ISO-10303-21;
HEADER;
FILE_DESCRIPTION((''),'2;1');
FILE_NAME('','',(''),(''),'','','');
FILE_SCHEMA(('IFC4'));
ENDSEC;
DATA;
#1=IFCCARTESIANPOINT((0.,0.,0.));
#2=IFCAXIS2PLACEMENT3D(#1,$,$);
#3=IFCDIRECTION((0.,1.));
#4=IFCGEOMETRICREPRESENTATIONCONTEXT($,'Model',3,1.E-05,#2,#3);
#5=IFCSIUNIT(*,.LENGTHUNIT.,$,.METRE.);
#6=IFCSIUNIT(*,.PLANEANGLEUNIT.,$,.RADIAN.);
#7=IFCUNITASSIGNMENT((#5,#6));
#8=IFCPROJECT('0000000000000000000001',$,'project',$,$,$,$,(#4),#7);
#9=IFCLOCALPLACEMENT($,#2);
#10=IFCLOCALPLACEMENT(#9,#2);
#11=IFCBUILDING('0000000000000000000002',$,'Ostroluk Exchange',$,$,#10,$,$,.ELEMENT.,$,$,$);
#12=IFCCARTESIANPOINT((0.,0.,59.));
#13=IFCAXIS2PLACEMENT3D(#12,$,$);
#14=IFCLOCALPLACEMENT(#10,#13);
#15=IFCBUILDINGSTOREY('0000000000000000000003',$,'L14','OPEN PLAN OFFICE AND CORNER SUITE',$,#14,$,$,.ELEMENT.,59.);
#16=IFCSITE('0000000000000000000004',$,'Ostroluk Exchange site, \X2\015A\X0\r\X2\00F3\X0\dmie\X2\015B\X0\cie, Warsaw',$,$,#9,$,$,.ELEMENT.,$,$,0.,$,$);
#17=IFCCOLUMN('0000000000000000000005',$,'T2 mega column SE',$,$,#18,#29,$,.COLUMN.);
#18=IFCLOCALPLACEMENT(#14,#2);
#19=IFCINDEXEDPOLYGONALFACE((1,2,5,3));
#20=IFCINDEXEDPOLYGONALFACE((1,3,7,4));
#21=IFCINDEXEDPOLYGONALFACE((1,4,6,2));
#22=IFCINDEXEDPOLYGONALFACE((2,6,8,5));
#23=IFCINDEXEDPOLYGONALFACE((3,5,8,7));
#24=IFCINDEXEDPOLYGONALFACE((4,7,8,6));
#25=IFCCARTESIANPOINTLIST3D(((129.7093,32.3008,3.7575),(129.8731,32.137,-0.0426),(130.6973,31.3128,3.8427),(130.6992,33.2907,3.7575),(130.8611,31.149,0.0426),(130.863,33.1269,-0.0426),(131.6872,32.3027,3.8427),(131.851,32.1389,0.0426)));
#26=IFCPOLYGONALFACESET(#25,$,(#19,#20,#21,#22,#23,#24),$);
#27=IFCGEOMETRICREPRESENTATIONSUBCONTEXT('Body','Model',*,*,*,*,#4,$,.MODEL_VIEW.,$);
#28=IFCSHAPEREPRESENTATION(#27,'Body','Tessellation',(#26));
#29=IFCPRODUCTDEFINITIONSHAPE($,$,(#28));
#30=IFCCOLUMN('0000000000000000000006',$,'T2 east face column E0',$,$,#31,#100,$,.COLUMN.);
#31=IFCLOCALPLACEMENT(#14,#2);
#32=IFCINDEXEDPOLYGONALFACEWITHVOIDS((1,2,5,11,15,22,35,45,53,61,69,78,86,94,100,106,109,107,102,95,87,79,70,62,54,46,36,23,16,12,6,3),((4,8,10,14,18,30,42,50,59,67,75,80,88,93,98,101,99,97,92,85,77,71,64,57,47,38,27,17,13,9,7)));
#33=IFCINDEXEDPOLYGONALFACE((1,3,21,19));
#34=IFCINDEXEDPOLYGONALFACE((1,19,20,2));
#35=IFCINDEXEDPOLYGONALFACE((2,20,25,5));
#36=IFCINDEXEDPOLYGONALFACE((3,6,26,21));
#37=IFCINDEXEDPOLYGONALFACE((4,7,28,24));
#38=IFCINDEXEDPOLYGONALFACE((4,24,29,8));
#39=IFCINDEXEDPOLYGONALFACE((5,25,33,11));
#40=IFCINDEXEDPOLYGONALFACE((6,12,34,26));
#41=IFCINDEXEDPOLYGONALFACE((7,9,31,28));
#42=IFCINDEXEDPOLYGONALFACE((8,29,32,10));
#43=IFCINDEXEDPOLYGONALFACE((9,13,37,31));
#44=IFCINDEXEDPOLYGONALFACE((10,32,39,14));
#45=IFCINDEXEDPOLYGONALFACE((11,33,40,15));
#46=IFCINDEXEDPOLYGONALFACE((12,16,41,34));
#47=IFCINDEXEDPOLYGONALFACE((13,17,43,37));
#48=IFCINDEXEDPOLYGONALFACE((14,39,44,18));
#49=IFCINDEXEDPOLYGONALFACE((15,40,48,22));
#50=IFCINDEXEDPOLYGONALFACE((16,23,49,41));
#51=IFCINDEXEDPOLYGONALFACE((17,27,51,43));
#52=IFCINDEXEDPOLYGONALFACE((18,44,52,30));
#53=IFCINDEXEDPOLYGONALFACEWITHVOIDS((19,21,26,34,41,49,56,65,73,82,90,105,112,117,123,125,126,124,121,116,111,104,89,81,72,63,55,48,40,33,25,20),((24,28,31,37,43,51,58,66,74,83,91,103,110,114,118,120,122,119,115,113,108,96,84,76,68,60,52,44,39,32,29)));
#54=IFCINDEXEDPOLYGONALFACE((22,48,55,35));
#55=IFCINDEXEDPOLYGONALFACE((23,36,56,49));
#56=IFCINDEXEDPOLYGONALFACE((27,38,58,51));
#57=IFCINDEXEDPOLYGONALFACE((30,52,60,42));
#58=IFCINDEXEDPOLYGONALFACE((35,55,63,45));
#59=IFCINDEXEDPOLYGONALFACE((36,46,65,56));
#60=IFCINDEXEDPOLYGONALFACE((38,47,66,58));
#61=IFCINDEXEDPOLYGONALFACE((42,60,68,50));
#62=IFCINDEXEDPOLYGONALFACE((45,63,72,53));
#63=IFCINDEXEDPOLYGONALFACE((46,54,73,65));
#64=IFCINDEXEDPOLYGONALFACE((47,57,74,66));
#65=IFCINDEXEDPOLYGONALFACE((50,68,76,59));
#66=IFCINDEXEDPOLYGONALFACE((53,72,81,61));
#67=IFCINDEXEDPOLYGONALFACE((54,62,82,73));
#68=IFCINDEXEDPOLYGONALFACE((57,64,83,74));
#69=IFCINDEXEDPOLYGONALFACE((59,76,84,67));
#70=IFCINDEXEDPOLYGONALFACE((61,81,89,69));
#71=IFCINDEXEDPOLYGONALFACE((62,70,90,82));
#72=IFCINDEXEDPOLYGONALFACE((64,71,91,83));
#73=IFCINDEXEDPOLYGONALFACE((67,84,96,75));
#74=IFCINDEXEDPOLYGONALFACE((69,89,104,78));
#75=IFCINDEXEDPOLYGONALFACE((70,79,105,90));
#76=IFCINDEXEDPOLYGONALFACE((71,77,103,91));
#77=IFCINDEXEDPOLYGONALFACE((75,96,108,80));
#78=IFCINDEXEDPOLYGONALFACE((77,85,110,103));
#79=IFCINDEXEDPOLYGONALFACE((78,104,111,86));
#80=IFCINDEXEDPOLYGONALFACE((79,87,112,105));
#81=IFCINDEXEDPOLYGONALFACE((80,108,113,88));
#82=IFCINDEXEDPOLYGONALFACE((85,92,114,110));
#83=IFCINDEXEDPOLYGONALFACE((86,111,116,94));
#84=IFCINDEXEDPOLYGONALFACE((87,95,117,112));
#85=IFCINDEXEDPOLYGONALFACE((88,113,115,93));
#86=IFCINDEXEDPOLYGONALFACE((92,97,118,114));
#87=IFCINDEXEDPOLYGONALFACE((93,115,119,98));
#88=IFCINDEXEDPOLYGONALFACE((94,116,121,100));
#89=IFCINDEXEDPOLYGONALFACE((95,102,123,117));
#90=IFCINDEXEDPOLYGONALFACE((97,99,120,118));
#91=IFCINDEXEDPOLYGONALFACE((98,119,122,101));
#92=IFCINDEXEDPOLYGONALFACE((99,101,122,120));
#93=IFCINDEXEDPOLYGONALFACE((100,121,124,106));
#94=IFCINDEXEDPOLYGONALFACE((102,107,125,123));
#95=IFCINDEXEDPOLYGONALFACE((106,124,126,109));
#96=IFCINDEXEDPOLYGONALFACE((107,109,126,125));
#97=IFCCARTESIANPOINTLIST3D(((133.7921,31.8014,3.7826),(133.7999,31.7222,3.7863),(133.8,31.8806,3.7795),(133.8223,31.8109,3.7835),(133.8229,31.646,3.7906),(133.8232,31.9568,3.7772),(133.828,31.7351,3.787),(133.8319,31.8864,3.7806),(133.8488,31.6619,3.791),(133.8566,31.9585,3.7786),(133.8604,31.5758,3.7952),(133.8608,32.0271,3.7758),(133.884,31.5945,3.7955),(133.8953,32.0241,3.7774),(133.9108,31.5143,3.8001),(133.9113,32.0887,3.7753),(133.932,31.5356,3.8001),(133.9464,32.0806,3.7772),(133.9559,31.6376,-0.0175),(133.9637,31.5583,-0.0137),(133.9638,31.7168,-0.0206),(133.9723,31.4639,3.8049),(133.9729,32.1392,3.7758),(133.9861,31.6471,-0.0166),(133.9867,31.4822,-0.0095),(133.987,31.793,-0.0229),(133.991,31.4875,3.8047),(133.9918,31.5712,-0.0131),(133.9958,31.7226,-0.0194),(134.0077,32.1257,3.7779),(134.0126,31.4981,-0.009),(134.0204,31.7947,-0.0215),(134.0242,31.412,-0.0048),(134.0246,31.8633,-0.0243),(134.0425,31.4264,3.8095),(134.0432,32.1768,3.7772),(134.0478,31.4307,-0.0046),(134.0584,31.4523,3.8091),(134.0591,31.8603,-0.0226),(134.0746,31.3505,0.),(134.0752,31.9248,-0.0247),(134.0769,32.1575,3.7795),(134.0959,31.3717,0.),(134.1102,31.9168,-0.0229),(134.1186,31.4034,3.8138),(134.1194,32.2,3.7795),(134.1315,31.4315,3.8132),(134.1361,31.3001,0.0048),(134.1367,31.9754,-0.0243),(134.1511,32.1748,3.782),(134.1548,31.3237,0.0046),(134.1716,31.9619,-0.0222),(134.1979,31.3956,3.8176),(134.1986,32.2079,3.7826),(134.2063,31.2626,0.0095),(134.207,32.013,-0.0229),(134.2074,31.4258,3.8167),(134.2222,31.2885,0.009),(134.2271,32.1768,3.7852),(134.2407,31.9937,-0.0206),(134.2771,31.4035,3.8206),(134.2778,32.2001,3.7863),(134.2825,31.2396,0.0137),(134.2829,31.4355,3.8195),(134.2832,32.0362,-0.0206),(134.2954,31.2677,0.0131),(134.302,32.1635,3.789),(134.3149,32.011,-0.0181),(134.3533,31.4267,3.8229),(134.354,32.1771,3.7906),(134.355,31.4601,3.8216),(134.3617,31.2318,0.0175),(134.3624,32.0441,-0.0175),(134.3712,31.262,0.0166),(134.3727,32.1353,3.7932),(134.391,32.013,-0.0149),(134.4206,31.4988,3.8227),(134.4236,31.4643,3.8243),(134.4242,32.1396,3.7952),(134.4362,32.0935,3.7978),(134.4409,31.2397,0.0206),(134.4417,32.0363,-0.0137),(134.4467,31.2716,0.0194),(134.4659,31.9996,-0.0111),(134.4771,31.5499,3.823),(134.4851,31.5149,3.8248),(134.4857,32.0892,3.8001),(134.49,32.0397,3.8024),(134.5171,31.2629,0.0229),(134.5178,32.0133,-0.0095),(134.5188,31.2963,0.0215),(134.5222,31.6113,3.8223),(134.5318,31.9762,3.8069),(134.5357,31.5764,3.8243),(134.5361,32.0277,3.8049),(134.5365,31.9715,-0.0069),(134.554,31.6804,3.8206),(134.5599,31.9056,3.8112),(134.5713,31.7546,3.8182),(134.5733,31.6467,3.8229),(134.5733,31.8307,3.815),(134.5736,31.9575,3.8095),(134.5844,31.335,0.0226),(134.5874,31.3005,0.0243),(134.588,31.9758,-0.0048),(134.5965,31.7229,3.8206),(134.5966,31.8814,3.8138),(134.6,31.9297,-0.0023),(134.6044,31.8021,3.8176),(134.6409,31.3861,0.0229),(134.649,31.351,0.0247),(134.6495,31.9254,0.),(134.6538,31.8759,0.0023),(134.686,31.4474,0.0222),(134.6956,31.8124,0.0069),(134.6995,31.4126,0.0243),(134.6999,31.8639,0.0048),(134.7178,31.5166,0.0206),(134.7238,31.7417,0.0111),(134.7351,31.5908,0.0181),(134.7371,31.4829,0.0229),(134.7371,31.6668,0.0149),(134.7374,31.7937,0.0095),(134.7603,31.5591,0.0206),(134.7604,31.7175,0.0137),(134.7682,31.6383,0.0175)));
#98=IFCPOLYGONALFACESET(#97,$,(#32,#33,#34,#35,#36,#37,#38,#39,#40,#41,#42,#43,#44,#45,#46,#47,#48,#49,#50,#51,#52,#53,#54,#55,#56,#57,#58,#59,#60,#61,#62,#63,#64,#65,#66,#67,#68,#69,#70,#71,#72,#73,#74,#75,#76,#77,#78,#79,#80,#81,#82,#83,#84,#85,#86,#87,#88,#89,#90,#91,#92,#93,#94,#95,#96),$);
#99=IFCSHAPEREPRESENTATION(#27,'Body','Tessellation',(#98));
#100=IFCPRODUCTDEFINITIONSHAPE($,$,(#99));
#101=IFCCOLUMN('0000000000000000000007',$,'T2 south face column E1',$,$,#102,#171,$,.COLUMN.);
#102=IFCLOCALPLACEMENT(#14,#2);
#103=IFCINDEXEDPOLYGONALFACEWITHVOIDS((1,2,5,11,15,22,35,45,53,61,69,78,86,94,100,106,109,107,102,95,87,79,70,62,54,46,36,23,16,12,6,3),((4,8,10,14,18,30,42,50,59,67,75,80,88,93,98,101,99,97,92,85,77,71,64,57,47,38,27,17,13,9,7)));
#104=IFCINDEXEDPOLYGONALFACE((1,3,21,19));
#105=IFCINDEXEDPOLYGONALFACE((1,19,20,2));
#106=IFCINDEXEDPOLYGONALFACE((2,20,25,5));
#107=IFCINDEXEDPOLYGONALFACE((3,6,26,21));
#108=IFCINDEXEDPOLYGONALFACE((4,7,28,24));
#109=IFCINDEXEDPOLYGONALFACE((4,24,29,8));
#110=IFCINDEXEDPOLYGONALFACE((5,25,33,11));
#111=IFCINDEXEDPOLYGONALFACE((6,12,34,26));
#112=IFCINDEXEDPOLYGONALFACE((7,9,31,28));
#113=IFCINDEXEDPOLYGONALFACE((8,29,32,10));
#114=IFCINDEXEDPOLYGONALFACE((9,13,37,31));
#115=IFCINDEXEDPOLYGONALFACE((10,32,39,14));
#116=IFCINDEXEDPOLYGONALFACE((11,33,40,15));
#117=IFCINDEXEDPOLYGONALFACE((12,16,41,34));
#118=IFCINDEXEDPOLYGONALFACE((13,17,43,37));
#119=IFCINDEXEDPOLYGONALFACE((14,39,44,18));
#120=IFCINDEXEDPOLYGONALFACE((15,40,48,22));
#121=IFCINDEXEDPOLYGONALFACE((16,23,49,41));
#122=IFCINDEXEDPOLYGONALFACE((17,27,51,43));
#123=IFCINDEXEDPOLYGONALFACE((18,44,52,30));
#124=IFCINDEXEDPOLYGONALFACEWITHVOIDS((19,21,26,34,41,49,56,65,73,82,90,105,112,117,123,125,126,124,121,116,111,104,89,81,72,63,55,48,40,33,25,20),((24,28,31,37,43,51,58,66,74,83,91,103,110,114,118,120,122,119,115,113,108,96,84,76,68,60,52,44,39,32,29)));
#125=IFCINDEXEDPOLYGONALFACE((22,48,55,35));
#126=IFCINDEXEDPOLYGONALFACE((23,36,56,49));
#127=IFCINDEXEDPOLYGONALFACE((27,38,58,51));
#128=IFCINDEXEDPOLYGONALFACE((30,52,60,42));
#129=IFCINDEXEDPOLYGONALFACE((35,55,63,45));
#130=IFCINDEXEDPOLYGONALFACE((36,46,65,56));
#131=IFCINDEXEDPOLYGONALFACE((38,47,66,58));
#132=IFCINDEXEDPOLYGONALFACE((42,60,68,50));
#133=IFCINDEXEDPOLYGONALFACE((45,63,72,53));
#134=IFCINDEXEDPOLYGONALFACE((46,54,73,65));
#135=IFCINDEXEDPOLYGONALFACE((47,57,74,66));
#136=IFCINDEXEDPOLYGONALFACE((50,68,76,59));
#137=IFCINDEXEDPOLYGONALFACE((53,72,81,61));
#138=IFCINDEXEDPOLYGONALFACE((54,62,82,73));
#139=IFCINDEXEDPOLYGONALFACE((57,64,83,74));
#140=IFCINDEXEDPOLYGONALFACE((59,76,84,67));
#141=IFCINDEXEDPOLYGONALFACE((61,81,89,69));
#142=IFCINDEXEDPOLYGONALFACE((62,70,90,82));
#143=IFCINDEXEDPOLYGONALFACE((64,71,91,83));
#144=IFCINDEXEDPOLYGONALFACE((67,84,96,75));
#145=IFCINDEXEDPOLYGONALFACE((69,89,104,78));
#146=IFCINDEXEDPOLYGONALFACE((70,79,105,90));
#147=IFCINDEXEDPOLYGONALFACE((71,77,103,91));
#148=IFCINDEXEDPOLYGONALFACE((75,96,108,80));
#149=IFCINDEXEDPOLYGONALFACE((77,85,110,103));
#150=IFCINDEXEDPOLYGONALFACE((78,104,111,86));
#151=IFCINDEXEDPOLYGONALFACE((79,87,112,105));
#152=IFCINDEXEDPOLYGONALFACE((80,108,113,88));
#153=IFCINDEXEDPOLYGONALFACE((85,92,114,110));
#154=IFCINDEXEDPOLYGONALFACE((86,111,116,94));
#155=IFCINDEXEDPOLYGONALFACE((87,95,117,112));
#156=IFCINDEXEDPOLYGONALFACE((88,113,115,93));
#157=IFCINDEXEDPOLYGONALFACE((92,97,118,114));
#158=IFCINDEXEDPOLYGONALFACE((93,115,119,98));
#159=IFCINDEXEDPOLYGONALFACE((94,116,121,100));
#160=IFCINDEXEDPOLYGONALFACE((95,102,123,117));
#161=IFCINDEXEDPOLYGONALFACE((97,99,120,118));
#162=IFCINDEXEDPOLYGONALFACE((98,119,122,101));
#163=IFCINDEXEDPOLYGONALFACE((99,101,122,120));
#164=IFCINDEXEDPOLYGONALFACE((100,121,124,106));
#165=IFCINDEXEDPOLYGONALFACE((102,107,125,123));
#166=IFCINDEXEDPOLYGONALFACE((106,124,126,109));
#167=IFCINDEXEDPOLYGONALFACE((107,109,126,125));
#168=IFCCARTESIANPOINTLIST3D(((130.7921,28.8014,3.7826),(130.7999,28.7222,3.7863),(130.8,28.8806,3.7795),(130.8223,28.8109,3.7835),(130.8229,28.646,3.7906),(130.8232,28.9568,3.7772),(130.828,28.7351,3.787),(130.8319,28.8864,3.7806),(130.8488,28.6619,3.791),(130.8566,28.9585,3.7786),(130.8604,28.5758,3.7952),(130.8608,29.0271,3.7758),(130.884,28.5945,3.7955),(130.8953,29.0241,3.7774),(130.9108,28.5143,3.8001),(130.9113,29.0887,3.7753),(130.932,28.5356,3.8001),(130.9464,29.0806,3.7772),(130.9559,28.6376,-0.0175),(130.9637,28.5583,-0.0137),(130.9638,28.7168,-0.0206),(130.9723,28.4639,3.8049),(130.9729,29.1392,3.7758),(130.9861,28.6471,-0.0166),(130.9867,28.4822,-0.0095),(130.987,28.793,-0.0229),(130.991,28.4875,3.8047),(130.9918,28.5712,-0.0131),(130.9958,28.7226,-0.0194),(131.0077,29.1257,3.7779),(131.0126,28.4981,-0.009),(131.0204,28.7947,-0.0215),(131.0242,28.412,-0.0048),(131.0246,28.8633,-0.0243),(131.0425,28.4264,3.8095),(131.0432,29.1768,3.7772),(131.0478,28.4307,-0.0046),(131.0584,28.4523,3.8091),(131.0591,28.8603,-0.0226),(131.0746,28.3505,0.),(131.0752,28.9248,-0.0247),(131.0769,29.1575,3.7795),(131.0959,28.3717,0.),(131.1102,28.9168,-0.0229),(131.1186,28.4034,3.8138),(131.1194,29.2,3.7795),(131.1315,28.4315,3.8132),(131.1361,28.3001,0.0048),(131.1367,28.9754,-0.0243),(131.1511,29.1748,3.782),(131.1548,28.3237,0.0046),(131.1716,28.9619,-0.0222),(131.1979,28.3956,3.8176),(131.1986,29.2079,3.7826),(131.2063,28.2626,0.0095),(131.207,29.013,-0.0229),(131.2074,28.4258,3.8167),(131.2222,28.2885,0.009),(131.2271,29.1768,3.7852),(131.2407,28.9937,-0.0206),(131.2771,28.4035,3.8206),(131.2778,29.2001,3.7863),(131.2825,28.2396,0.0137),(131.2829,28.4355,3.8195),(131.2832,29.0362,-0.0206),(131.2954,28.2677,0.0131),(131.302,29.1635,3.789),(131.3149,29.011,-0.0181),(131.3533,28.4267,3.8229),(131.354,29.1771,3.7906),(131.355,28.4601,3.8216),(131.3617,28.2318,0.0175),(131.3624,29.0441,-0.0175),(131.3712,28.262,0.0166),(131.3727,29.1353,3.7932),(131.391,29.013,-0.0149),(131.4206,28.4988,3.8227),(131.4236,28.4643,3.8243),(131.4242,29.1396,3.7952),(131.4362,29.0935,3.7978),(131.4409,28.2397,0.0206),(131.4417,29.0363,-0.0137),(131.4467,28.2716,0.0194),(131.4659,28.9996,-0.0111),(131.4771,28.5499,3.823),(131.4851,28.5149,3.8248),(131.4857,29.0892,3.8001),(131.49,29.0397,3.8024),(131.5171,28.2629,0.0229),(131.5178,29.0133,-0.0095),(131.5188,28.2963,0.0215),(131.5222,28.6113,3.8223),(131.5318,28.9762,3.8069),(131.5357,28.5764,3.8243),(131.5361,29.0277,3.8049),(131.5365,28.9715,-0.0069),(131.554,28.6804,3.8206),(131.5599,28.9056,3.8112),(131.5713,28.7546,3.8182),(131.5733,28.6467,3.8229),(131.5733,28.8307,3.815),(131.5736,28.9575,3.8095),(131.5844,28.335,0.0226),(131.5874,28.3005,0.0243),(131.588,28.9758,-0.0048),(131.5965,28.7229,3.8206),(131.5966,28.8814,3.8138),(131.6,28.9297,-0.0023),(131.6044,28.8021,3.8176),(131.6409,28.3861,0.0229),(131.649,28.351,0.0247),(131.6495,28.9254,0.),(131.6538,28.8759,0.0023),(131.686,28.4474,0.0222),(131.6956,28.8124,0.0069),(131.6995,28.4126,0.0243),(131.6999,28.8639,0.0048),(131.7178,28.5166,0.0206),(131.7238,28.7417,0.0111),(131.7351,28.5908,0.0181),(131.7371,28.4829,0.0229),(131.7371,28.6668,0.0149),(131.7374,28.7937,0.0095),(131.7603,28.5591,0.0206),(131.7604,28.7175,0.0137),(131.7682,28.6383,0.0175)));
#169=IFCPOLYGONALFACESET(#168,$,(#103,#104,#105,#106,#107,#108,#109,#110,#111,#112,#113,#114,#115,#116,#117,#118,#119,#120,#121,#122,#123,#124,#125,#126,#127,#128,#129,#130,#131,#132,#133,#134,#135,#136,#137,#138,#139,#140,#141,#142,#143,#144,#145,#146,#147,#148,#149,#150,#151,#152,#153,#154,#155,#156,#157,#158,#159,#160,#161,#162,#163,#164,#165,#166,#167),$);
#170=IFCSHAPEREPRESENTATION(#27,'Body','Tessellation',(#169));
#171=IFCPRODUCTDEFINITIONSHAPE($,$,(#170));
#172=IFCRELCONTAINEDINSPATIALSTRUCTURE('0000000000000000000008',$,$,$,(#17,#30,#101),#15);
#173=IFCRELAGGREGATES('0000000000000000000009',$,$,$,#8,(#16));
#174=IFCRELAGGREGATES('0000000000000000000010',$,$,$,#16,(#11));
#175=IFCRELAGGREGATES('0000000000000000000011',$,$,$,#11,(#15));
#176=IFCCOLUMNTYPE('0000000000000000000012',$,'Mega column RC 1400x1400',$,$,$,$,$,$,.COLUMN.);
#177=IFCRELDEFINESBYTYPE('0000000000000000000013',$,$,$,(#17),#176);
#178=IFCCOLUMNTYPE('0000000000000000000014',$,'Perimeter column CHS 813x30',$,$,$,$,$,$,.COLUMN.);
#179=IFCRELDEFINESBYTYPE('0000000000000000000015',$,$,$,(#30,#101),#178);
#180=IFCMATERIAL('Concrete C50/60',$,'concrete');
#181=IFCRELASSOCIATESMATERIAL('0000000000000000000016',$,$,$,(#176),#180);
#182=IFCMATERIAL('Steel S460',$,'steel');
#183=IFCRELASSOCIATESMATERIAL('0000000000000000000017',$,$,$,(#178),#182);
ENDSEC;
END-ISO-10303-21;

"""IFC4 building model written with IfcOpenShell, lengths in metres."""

from ifc_helpers import new_model, si_unit, direction, frame, origin, origin_2d, place, context, subcontext, project, spatial, rectangle, hollow_circle, extrude, material, material_profile, profile_set, type_object, element, save


model = new_model("IFC4")

# Units and contexts
model_context = context("Model", 3, precision=1e-05, world=origin(), true_north=direction((0.0, 1.0)))
body_context = subcontext(model_context, "Body", "Model", "MODEL_VIEW")
ifc_project = project(units=[si_unit("LENGTHUNIT", "METRE"), si_unit("PLANEANGLEUNIT", "RADIAN")], contexts=[model_context])

# Site, building, storey
site_placement = place(None, origin())
site = spatial("IfcSite", under=ifc_project, at=site_placement, Name="Ostroluk Exchange site, Śródmieście, Warsaw", CompositionType="ELEMENT", RefElevation=0.0)
building_placement = place(site_placement, origin())
building = spatial("IfcBuilding", under=site, at=building_placement, Name="Ostroluk Exchange", CompositionType="ELEMENT")
storey_placement = place(building_placement, frame((0.0, 0.0, 59.0)))
storey = spatial("IfcBuildingStorey", under=building, at=storey_placement, Name="L14", Description="OPEN PLAN OFFICE AND CORNER SUITE", CompositionType="ELEMENT", Elevation=59.0)

# Columns
ifc_material_1 = material(Name="Concrete C50/60", Category="concrete")
ifc_material_profile_1 = material_profile(ifc_material_1, rectangle(XDim=1.3999, YDim=1.3999, at=origin_2d()), Name="RC 1400x1400")
ifc_profile_set_1 = profile_set([ifc_material_profile_1], Name="Concrete C50/60")
column_type_1 = type_object("IfcColumnType", Name="Mega column RC 1400x1400", PredefinedType="COLUMN", material=ifc_profile_set_1)
column_placement = place(storey_placement, frame((130.8621, 32.1379, 0.0), z_axis=(-0.04303, 0.04303, 0.998147), x_axis=(-0.707107, -0.707107, 0.0)))
element("IfcColumn", 1, at=column_placement, inside=storey, type_object=column_type_1, Name="T2 mega column SE", PredefinedType="COLUMN", context=body_context, shape_type="SweptSolid", body=[
    extrude(rectangle(XDim=1.3999, YDim=1.3999, at=origin_2d()), origin(), (0.0, 0.0, 1.0), 3.8071),
])
ifc_material_2 = material(Name="Steel S460", Category="steel")
ifc_material_profile_2 = material_profile(ifc_material_2, hollow_circle(Radius=0.4065, WallThickness=0.03, at=origin_2d()), Name="CHS 813x30")
ifc_profile_set_2 = profile_set([ifc_material_profile_2], Name="Steel S460")
column_type_2 = type_object("IfcColumnType", Name="Perimeter column CHS 813x30", PredefinedType="COLUMN", material=ifc_profile_set_2)
for number, where, z_axis, x_axis, name in (
    (2, (134.3621, 31.6379, 0.0), (-0.04303, 0.04303, 0.998147), (-0.707107, -0.707107, 0.0), "T2 east face column E0"),
    (3, (131.3621, 28.6379, 0.0), (-0.04303, 0.04303, 0.998147), (-0.707107, -0.707107, 0.0), "T2 south face column E1"),
):
    element("IfcColumn", number, at=place(storey_placement, frame(where, z_axis=z_axis, x_axis=x_axis)), inside=storey, type_object=column_type_2, Name=name, PredefinedType="COLUMN", context=body_context, shape_type="SweptSolid", body=[
        extrude(hollow_circle(Radius=0.4065, WallThickness=0.03, at=origin_2d()), origin(), (0.0, 0.0, 1.0), 3.8071),
    ])

save(model, "model.ifc")
